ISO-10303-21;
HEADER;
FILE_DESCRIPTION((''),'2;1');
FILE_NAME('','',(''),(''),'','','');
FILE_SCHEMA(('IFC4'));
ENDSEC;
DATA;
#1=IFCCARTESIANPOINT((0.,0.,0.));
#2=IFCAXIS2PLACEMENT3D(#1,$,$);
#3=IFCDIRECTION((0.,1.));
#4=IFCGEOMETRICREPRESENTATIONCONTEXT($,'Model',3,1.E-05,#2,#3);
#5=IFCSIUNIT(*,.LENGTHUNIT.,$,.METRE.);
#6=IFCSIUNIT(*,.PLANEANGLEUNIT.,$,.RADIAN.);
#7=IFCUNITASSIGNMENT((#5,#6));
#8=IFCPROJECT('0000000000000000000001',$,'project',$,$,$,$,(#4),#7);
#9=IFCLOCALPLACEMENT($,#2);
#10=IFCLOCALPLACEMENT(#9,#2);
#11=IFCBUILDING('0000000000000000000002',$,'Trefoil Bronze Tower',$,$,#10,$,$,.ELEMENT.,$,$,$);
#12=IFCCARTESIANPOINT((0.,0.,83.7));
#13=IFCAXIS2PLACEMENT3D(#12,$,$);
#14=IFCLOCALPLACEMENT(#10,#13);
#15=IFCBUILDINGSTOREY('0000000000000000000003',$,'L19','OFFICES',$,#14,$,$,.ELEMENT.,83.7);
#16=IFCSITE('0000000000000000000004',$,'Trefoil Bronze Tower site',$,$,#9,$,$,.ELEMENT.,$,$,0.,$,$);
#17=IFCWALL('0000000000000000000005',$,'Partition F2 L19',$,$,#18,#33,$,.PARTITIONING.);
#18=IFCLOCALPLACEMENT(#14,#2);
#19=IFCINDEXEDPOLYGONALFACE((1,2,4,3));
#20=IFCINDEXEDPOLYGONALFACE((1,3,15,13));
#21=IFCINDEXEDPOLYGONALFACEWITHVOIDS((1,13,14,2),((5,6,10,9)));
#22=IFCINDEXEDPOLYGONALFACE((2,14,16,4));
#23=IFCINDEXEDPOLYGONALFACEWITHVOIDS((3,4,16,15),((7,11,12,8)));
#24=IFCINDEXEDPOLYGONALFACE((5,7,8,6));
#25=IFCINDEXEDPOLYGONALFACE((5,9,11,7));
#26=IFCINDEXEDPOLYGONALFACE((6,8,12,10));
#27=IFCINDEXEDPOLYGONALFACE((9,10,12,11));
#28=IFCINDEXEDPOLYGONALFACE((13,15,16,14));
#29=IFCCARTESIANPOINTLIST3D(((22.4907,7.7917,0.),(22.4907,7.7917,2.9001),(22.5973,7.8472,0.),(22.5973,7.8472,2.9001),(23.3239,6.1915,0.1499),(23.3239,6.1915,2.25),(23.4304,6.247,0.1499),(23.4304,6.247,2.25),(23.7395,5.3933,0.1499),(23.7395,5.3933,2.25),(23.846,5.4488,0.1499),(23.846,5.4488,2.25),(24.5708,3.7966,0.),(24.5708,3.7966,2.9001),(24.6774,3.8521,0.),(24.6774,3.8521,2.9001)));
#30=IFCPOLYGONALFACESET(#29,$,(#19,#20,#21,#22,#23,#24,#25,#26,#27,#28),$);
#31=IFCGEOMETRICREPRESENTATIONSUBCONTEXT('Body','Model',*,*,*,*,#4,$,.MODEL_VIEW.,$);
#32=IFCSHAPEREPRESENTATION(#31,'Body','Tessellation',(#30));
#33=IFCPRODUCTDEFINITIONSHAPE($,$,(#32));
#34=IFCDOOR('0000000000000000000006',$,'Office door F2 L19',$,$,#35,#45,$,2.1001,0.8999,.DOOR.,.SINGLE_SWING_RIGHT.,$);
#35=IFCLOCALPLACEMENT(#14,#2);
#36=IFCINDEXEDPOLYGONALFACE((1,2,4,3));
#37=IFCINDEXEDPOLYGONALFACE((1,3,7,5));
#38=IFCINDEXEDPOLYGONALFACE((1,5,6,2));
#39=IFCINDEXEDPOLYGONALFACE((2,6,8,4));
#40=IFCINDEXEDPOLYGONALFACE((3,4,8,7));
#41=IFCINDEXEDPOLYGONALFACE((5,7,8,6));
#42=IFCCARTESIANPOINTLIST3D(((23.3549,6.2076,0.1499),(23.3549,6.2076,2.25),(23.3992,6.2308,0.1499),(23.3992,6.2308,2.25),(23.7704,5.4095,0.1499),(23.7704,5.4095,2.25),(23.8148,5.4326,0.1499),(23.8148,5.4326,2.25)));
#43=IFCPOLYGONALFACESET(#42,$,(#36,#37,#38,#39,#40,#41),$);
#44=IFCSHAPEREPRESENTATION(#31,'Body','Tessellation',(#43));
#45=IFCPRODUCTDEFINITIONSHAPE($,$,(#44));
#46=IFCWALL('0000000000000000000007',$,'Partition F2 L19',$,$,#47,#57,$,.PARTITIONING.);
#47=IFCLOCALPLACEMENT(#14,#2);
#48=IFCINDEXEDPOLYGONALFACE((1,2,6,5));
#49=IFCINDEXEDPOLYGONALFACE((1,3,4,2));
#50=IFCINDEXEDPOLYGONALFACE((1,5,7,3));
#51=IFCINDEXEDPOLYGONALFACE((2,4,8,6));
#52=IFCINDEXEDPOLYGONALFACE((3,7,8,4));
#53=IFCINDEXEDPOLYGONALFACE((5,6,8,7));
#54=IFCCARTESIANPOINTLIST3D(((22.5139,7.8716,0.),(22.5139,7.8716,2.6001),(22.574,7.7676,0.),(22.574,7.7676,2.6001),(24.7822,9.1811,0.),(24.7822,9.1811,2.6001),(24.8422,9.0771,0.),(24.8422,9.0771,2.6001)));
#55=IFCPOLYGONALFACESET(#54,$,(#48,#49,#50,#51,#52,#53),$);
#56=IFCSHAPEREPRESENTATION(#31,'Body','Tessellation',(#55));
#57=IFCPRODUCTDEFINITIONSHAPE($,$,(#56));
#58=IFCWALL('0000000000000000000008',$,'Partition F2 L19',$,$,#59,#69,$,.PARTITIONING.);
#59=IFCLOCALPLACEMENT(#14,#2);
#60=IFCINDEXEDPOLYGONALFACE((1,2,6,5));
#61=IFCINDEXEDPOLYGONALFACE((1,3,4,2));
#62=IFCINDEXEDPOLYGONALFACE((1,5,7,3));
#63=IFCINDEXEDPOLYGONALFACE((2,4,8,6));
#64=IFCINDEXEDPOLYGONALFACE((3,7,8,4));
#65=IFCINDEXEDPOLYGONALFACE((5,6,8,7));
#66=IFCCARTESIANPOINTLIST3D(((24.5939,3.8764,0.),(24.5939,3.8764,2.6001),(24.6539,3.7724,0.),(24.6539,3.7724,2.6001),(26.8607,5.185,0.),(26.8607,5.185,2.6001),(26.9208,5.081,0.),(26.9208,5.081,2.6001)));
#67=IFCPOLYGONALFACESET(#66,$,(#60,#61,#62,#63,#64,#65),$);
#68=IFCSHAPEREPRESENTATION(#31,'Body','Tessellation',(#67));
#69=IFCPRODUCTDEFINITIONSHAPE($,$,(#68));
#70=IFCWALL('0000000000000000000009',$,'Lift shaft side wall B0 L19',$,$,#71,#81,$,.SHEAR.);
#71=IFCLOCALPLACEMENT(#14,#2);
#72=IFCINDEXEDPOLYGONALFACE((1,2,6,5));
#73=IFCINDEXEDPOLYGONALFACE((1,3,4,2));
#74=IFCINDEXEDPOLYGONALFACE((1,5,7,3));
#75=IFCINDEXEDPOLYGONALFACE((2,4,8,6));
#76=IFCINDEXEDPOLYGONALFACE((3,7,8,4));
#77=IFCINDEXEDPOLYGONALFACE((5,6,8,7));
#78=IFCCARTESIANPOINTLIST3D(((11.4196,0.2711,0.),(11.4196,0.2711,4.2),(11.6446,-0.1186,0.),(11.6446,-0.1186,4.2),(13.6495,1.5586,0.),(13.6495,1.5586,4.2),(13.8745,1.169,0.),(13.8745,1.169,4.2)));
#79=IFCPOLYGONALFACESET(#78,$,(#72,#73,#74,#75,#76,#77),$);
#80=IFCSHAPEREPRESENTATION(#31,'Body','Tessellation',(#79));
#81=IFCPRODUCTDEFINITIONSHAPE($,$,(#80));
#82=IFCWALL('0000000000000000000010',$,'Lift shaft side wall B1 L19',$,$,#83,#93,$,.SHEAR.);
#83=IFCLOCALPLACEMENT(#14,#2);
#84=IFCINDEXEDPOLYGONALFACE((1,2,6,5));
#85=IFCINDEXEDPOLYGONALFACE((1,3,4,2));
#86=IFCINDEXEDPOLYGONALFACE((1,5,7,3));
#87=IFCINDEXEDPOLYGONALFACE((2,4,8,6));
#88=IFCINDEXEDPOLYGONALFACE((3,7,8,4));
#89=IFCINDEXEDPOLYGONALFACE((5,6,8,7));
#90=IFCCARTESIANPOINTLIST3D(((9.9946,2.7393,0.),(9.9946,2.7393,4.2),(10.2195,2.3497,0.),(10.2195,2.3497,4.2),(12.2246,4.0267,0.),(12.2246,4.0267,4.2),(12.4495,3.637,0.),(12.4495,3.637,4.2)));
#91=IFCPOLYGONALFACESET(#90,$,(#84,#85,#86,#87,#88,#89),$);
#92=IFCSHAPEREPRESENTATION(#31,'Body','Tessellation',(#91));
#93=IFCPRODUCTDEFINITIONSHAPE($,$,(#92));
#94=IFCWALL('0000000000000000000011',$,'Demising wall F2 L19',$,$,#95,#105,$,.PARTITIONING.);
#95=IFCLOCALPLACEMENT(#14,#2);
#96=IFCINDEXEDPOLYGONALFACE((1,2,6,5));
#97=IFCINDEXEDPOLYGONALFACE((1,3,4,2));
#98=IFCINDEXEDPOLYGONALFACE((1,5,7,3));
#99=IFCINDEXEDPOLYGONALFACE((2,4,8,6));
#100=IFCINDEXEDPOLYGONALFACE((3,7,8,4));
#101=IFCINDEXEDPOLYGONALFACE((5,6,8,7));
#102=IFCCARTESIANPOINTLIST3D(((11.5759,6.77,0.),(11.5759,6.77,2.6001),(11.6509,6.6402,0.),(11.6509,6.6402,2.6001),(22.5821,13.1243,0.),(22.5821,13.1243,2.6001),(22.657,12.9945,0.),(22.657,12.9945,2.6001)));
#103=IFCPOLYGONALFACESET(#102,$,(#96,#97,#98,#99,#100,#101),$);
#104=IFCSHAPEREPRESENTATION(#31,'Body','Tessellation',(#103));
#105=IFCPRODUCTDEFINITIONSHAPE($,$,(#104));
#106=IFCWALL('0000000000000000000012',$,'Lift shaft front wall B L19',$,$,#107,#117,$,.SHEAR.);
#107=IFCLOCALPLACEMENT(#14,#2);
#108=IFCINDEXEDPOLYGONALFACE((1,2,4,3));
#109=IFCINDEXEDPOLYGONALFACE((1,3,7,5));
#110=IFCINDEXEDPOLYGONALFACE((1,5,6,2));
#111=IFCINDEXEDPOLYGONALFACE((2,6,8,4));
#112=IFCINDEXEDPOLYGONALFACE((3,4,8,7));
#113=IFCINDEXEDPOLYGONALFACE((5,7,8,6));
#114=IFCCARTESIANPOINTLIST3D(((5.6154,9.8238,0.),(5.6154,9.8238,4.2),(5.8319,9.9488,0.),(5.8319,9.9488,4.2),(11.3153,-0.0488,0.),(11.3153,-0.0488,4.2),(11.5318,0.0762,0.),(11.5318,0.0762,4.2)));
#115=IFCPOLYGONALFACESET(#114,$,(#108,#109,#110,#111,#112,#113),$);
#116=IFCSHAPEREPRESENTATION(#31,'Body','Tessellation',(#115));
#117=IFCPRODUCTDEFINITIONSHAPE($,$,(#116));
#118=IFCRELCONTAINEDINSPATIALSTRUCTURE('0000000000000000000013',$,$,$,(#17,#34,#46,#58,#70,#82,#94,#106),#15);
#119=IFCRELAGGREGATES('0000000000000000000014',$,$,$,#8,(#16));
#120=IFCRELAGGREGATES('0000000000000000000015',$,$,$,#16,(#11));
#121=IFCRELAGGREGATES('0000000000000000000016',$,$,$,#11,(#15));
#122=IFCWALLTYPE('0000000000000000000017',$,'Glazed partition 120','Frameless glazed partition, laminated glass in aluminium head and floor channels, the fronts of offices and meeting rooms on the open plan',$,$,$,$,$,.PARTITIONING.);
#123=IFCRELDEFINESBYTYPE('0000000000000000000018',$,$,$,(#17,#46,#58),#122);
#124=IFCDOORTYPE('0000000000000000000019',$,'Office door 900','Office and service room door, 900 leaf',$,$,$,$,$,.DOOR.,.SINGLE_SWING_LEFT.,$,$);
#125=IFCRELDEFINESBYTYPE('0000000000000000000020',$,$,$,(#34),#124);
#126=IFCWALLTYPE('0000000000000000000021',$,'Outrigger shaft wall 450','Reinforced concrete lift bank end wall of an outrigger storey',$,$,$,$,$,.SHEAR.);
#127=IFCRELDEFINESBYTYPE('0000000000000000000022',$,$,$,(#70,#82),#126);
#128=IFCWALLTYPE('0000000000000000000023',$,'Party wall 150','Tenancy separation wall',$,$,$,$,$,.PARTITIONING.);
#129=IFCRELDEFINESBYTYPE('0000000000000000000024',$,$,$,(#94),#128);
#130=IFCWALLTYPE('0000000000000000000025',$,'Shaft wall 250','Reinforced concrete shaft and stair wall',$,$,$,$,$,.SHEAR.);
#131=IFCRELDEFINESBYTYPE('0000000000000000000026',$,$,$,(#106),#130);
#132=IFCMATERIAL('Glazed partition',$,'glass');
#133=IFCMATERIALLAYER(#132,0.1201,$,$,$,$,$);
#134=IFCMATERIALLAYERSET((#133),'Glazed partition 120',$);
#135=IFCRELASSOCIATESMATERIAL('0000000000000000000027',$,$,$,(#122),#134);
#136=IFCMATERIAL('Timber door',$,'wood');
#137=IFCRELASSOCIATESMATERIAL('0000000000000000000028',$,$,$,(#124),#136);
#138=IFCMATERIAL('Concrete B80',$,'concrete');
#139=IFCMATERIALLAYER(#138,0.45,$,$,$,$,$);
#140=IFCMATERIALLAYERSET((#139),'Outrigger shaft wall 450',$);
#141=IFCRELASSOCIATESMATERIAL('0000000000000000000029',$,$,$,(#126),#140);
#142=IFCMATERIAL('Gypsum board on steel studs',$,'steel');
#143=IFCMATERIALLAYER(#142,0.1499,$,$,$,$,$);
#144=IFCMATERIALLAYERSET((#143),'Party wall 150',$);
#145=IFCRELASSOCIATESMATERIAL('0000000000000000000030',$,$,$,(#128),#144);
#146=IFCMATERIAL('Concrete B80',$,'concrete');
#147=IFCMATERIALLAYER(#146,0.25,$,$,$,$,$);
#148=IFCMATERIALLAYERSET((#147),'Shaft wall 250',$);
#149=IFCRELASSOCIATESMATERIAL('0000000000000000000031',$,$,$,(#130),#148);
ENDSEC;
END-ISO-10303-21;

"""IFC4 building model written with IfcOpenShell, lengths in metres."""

from ifc_helpers import new_model, si_unit, direction, frame, frame_2d, origin, place, context, subcontext, project, spatial, rectangle, extrude, material, layer, layer_set, type_object, element, fill, save


model = new_model("IFC4")

# Units and contexts
model_context = context("Model", 3, precision=1e-05, world=origin(), true_north=direction((0.0, 1.0)))
body_context = subcontext(model_context, "Body", "Model", "MODEL_VIEW")
ifc_project = project(units=[si_unit("LENGTHUNIT", "METRE"), si_unit("PLANEANGLEUNIT", "RADIAN")], contexts=[model_context])

# Site, building, storey
site_placement = place(None, origin())
site = spatial("IfcSite", under=ifc_project, at=site_placement, Name="Trefoil Bronze Tower site", CompositionType="ELEMENT", RefElevation=0.0)
building_placement = place(site_placement, origin())
building = spatial("IfcBuilding", under=site, at=building_placement, Name="Trefoil Bronze Tower", CompositionType="ELEMENT")
storey_placement = place(building_placement, frame((0.0, 0.0, 83.7)))
storey = spatial("IfcBuildingStorey", under=building, at=storey_placement, Name="L19", Description="OFFICES", CompositionType="ELEMENT", Elevation=83.7)

# Shared definitions
ifc_material_1 = material(Name="Glazed partition", Category="glass")
ifc_layer_1 = layer(ifc_material_1, 0.1201)
ifc_layer_set_1 = layer_set([ifc_layer_1], Name="Glazed partition 120")
wall_type_1 = type_object("IfcWallType", Name="Glazed partition 120", Description="Frameless glazed partition, laminated glass in aluminium head and floor channels, the fronts of offices and meeting rooms on the open plan", PredefinedType="PARTITIONING", material=ifc_layer_set_1)
ifc_material_2 = material(Name="Timber door", Category="wood")
door_type = type_object("IfcDoorType", Name="Office door 900", Description="Office and service room door, 900 leaf", OperationType="SINGLE_SWING_LEFT", PredefinedType="DOOR", material=ifc_material_2)

# Wall, opening, door
wall_1_placement = place(storey_placement, frame((24.624, 3.8245, 0.0), z_axis=(0.0, 0.0, 1.0), x_axis=(-0.46181, 0.886979, 0.0)))
wall_1 = element("IfcWall", 1, at=wall_1_placement, inside=storey, type_object=wall_type_1, Name="Partition F2 L19", PredefinedType="PARTITIONING", context=body_context, shape_type="SweptSolid", body=[
    extrude(rectangle(XDim=4.5042, YDim=0.1201, at=frame_2d((2.252, 0.0))), origin(), (0.0, 0.0, 1.0), 2.9001),
])
opening_1_placement = place(wall_1_placement, frame((1.8, 0.0, 0.1499)))
opening_1 = element("IfcOpeningElement", 2, at=opening_1_placement, cuts=wall_1, PredefinedType="OPENING", context=body_context, shape_type="SweptSolid", body=[
    extrude(rectangle(XDim=0.8999, YDim=2.1001, at=frame_2d((0.45, 1.05))), frame((0.0, 0.0701, 0.0), z_axis=(0.0, -1.0, 0.0), x_axis=(1.0, 0.0, 0.0)), (0.0, 0.0, 1.0), 0.1401),
])
door_1_placement = place(opening_1_placement, frame((0.8999, 0.0, 0.0), z_axis=(0.0, 0.0, 1.0), x_axis=(-1.0, 0.0, 0.0)))
door_1 = element("IfcDoor", 3, at=door_1_placement, inside=storey, type_object=door_type, Name="Office door F2 L19", OperationType="SINGLE_SWING_RIGHT", OverallHeight=2.1001, OverallWidth=0.8999, PredefinedType="DOOR", context=body_context, shape_type="SweptSolid", body=[
    extrude(rectangle(XDim=0.8999, YDim=2.1001, at=frame_2d((0.45, 1.05))), frame((0.0, 0.0249, 0.0), z_axis=(0.0, -1.0, 0.0), x_axis=(1.0, 0.0, 0.0)), (0.0, 0.0, 1.0), 0.05),
])
fill(opening_1, door_1)

# Walls
wall_2_placement = place(storey_placement, frame((22.5439, 7.8196, 0.0), z_axis=(0.0, 0.0, 1.0), x_axis=(0.866032, 0.499989, 0.0)))
element("IfcWall", 4, at=wall_2_placement, inside=storey, type_object=wall_type_1, Name="Partition F2 L19", PredefinedType="PARTITIONING", context=body_context, shape_type="SweptSolid", body=[
    extrude(rectangle(XDim=2.6191, YDim=0.1201, at=frame_2d((1.3096, 0.0))), origin(), (0.0, 0.0, 1.0), 2.6001),
])
wall_3_placement = place(storey_placement, frame((24.624, 3.8245, 0.0), z_axis=(0.0, 0.0, 1.0), x_axis=(0.866054, 0.499951, 0.0)))
element("IfcWall", 5, at=wall_3_placement, inside=storey, type_object=wall_type_1, Name="Partition F2 L19", PredefinedType="PARTITIONING", context=body_context, shape_type="SweptSolid", body=[
    extrude(rectangle(XDim=2.6174, YDim=0.1201, at=frame_2d((1.3086, 0.0))), origin(), (0.0, 0.0, 1.0), 2.6001),
])
ifc_material_3 = material(Name="Concrete B80", Category="concrete")
ifc_layer_2 = layer(ifc_material_3, 0.45)
ifc_layer_set_2 = layer_set([ifc_layer_2], Name="Outrigger shaft wall 450")
wall_type_2 = type_object("IfcWallType", Name="Outrigger shaft wall 450", Description="Reinforced concrete lift bank end wall of an outrigger storey", PredefinedType="SHEAR", material=ifc_layer_set_2)
for number, where, z_axis, x_axis, name in (
    (6, (11.532, 0.0762, 0.0), (0.0, 0.0, 1.0), (0.866006, 0.500034, 0.0), "Lift shaft side wall B0 L19"),
    (7, (10.1069, 2.5444, 0.0), (0.0, 0.0, 1.0), (0.866047, 0.499963, 0.0), "Lift shaft side wall B1 L19"),
):
    element("IfcWall", number, at=place(storey_placement, frame(where, z_axis=z_axis, x_axis=x_axis)), inside=storey, type_object=wall_type_2, Name=name, PredefinedType="SHEAR", context=body_context, shape_type="SweptSolid", body=[
        extrude(rectangle(XDim=2.575, YDim=0.45, at=frame_2d((1.2876, 0.0))), origin(), (0.0, 0.0, 1.0), 4.2),
    ])
ifc_material_4 = material(Name="Gypsum board on steel studs", Category="steel")
ifc_layer_3 = layer(ifc_material_4, 0.1499)
ifc_layer_set_3 = layer_set([ifc_layer_3], Name="Party wall 150")
wall_type_3 = type_object("IfcWallType", Name="Party wall 150", Description="Tenancy separation wall", PredefinedType="PARTITIONING", material=ifc_layer_set_3)
wall_4_placement = place(storey_placement, frame((11.6133, 6.7051, 0.0), z_axis=(0.0, 0.0, 1.0), x_axis=(0.86603, 0.499992, 0.0)))
element("IfcWall", 8, at=wall_4_placement, inside=storey, type_object=wall_type_3, Name="Demising wall F2 L19", PredefinedType="PARTITIONING", context=body_context, shape_type="SweptSolid", body=[
    extrude(rectangle(XDim=12.7087, YDim=0.1499, at=frame_2d((6.3545, 0.0))), origin(), (0.0, 0.0, 1.0), 2.6001),
])
ifc_material_5 = material(Name="Concrete B80", Category="concrete")
ifc_layer_4 = layer(ifc_material_5, 0.25)
ifc_layer_set_4 = layer_set([ifc_layer_4], Name="Shaft wall 250")
wall_type_4 = type_object("IfcWallType", Name="Shaft wall 250", Description="Reinforced concrete shaft and stair wall", PredefinedType="SHEAR", material=ifc_layer_set_4)
wall_5_placement = place(storey_placement, frame((11.4236, 0.0137, 0.0), z_axis=(0.0, 0.0, 1.0), x_axis=(-0.500002, 0.866024, 0.0)))
element("IfcWall", 9, at=wall_5_placement, inside=storey, type_object=wall_type_4, Name="Lift shaft front wall B L19", PredefinedType="SHEAR", context=body_context, shape_type="SweptSolid", body=[
    extrude(rectangle(XDim=11.3999, YDim=0.25, at=frame_2d((5.7, 0.0))), origin(), (0.0, 0.0, 1.0), 4.2),
])

save(model, "model.ifc")
